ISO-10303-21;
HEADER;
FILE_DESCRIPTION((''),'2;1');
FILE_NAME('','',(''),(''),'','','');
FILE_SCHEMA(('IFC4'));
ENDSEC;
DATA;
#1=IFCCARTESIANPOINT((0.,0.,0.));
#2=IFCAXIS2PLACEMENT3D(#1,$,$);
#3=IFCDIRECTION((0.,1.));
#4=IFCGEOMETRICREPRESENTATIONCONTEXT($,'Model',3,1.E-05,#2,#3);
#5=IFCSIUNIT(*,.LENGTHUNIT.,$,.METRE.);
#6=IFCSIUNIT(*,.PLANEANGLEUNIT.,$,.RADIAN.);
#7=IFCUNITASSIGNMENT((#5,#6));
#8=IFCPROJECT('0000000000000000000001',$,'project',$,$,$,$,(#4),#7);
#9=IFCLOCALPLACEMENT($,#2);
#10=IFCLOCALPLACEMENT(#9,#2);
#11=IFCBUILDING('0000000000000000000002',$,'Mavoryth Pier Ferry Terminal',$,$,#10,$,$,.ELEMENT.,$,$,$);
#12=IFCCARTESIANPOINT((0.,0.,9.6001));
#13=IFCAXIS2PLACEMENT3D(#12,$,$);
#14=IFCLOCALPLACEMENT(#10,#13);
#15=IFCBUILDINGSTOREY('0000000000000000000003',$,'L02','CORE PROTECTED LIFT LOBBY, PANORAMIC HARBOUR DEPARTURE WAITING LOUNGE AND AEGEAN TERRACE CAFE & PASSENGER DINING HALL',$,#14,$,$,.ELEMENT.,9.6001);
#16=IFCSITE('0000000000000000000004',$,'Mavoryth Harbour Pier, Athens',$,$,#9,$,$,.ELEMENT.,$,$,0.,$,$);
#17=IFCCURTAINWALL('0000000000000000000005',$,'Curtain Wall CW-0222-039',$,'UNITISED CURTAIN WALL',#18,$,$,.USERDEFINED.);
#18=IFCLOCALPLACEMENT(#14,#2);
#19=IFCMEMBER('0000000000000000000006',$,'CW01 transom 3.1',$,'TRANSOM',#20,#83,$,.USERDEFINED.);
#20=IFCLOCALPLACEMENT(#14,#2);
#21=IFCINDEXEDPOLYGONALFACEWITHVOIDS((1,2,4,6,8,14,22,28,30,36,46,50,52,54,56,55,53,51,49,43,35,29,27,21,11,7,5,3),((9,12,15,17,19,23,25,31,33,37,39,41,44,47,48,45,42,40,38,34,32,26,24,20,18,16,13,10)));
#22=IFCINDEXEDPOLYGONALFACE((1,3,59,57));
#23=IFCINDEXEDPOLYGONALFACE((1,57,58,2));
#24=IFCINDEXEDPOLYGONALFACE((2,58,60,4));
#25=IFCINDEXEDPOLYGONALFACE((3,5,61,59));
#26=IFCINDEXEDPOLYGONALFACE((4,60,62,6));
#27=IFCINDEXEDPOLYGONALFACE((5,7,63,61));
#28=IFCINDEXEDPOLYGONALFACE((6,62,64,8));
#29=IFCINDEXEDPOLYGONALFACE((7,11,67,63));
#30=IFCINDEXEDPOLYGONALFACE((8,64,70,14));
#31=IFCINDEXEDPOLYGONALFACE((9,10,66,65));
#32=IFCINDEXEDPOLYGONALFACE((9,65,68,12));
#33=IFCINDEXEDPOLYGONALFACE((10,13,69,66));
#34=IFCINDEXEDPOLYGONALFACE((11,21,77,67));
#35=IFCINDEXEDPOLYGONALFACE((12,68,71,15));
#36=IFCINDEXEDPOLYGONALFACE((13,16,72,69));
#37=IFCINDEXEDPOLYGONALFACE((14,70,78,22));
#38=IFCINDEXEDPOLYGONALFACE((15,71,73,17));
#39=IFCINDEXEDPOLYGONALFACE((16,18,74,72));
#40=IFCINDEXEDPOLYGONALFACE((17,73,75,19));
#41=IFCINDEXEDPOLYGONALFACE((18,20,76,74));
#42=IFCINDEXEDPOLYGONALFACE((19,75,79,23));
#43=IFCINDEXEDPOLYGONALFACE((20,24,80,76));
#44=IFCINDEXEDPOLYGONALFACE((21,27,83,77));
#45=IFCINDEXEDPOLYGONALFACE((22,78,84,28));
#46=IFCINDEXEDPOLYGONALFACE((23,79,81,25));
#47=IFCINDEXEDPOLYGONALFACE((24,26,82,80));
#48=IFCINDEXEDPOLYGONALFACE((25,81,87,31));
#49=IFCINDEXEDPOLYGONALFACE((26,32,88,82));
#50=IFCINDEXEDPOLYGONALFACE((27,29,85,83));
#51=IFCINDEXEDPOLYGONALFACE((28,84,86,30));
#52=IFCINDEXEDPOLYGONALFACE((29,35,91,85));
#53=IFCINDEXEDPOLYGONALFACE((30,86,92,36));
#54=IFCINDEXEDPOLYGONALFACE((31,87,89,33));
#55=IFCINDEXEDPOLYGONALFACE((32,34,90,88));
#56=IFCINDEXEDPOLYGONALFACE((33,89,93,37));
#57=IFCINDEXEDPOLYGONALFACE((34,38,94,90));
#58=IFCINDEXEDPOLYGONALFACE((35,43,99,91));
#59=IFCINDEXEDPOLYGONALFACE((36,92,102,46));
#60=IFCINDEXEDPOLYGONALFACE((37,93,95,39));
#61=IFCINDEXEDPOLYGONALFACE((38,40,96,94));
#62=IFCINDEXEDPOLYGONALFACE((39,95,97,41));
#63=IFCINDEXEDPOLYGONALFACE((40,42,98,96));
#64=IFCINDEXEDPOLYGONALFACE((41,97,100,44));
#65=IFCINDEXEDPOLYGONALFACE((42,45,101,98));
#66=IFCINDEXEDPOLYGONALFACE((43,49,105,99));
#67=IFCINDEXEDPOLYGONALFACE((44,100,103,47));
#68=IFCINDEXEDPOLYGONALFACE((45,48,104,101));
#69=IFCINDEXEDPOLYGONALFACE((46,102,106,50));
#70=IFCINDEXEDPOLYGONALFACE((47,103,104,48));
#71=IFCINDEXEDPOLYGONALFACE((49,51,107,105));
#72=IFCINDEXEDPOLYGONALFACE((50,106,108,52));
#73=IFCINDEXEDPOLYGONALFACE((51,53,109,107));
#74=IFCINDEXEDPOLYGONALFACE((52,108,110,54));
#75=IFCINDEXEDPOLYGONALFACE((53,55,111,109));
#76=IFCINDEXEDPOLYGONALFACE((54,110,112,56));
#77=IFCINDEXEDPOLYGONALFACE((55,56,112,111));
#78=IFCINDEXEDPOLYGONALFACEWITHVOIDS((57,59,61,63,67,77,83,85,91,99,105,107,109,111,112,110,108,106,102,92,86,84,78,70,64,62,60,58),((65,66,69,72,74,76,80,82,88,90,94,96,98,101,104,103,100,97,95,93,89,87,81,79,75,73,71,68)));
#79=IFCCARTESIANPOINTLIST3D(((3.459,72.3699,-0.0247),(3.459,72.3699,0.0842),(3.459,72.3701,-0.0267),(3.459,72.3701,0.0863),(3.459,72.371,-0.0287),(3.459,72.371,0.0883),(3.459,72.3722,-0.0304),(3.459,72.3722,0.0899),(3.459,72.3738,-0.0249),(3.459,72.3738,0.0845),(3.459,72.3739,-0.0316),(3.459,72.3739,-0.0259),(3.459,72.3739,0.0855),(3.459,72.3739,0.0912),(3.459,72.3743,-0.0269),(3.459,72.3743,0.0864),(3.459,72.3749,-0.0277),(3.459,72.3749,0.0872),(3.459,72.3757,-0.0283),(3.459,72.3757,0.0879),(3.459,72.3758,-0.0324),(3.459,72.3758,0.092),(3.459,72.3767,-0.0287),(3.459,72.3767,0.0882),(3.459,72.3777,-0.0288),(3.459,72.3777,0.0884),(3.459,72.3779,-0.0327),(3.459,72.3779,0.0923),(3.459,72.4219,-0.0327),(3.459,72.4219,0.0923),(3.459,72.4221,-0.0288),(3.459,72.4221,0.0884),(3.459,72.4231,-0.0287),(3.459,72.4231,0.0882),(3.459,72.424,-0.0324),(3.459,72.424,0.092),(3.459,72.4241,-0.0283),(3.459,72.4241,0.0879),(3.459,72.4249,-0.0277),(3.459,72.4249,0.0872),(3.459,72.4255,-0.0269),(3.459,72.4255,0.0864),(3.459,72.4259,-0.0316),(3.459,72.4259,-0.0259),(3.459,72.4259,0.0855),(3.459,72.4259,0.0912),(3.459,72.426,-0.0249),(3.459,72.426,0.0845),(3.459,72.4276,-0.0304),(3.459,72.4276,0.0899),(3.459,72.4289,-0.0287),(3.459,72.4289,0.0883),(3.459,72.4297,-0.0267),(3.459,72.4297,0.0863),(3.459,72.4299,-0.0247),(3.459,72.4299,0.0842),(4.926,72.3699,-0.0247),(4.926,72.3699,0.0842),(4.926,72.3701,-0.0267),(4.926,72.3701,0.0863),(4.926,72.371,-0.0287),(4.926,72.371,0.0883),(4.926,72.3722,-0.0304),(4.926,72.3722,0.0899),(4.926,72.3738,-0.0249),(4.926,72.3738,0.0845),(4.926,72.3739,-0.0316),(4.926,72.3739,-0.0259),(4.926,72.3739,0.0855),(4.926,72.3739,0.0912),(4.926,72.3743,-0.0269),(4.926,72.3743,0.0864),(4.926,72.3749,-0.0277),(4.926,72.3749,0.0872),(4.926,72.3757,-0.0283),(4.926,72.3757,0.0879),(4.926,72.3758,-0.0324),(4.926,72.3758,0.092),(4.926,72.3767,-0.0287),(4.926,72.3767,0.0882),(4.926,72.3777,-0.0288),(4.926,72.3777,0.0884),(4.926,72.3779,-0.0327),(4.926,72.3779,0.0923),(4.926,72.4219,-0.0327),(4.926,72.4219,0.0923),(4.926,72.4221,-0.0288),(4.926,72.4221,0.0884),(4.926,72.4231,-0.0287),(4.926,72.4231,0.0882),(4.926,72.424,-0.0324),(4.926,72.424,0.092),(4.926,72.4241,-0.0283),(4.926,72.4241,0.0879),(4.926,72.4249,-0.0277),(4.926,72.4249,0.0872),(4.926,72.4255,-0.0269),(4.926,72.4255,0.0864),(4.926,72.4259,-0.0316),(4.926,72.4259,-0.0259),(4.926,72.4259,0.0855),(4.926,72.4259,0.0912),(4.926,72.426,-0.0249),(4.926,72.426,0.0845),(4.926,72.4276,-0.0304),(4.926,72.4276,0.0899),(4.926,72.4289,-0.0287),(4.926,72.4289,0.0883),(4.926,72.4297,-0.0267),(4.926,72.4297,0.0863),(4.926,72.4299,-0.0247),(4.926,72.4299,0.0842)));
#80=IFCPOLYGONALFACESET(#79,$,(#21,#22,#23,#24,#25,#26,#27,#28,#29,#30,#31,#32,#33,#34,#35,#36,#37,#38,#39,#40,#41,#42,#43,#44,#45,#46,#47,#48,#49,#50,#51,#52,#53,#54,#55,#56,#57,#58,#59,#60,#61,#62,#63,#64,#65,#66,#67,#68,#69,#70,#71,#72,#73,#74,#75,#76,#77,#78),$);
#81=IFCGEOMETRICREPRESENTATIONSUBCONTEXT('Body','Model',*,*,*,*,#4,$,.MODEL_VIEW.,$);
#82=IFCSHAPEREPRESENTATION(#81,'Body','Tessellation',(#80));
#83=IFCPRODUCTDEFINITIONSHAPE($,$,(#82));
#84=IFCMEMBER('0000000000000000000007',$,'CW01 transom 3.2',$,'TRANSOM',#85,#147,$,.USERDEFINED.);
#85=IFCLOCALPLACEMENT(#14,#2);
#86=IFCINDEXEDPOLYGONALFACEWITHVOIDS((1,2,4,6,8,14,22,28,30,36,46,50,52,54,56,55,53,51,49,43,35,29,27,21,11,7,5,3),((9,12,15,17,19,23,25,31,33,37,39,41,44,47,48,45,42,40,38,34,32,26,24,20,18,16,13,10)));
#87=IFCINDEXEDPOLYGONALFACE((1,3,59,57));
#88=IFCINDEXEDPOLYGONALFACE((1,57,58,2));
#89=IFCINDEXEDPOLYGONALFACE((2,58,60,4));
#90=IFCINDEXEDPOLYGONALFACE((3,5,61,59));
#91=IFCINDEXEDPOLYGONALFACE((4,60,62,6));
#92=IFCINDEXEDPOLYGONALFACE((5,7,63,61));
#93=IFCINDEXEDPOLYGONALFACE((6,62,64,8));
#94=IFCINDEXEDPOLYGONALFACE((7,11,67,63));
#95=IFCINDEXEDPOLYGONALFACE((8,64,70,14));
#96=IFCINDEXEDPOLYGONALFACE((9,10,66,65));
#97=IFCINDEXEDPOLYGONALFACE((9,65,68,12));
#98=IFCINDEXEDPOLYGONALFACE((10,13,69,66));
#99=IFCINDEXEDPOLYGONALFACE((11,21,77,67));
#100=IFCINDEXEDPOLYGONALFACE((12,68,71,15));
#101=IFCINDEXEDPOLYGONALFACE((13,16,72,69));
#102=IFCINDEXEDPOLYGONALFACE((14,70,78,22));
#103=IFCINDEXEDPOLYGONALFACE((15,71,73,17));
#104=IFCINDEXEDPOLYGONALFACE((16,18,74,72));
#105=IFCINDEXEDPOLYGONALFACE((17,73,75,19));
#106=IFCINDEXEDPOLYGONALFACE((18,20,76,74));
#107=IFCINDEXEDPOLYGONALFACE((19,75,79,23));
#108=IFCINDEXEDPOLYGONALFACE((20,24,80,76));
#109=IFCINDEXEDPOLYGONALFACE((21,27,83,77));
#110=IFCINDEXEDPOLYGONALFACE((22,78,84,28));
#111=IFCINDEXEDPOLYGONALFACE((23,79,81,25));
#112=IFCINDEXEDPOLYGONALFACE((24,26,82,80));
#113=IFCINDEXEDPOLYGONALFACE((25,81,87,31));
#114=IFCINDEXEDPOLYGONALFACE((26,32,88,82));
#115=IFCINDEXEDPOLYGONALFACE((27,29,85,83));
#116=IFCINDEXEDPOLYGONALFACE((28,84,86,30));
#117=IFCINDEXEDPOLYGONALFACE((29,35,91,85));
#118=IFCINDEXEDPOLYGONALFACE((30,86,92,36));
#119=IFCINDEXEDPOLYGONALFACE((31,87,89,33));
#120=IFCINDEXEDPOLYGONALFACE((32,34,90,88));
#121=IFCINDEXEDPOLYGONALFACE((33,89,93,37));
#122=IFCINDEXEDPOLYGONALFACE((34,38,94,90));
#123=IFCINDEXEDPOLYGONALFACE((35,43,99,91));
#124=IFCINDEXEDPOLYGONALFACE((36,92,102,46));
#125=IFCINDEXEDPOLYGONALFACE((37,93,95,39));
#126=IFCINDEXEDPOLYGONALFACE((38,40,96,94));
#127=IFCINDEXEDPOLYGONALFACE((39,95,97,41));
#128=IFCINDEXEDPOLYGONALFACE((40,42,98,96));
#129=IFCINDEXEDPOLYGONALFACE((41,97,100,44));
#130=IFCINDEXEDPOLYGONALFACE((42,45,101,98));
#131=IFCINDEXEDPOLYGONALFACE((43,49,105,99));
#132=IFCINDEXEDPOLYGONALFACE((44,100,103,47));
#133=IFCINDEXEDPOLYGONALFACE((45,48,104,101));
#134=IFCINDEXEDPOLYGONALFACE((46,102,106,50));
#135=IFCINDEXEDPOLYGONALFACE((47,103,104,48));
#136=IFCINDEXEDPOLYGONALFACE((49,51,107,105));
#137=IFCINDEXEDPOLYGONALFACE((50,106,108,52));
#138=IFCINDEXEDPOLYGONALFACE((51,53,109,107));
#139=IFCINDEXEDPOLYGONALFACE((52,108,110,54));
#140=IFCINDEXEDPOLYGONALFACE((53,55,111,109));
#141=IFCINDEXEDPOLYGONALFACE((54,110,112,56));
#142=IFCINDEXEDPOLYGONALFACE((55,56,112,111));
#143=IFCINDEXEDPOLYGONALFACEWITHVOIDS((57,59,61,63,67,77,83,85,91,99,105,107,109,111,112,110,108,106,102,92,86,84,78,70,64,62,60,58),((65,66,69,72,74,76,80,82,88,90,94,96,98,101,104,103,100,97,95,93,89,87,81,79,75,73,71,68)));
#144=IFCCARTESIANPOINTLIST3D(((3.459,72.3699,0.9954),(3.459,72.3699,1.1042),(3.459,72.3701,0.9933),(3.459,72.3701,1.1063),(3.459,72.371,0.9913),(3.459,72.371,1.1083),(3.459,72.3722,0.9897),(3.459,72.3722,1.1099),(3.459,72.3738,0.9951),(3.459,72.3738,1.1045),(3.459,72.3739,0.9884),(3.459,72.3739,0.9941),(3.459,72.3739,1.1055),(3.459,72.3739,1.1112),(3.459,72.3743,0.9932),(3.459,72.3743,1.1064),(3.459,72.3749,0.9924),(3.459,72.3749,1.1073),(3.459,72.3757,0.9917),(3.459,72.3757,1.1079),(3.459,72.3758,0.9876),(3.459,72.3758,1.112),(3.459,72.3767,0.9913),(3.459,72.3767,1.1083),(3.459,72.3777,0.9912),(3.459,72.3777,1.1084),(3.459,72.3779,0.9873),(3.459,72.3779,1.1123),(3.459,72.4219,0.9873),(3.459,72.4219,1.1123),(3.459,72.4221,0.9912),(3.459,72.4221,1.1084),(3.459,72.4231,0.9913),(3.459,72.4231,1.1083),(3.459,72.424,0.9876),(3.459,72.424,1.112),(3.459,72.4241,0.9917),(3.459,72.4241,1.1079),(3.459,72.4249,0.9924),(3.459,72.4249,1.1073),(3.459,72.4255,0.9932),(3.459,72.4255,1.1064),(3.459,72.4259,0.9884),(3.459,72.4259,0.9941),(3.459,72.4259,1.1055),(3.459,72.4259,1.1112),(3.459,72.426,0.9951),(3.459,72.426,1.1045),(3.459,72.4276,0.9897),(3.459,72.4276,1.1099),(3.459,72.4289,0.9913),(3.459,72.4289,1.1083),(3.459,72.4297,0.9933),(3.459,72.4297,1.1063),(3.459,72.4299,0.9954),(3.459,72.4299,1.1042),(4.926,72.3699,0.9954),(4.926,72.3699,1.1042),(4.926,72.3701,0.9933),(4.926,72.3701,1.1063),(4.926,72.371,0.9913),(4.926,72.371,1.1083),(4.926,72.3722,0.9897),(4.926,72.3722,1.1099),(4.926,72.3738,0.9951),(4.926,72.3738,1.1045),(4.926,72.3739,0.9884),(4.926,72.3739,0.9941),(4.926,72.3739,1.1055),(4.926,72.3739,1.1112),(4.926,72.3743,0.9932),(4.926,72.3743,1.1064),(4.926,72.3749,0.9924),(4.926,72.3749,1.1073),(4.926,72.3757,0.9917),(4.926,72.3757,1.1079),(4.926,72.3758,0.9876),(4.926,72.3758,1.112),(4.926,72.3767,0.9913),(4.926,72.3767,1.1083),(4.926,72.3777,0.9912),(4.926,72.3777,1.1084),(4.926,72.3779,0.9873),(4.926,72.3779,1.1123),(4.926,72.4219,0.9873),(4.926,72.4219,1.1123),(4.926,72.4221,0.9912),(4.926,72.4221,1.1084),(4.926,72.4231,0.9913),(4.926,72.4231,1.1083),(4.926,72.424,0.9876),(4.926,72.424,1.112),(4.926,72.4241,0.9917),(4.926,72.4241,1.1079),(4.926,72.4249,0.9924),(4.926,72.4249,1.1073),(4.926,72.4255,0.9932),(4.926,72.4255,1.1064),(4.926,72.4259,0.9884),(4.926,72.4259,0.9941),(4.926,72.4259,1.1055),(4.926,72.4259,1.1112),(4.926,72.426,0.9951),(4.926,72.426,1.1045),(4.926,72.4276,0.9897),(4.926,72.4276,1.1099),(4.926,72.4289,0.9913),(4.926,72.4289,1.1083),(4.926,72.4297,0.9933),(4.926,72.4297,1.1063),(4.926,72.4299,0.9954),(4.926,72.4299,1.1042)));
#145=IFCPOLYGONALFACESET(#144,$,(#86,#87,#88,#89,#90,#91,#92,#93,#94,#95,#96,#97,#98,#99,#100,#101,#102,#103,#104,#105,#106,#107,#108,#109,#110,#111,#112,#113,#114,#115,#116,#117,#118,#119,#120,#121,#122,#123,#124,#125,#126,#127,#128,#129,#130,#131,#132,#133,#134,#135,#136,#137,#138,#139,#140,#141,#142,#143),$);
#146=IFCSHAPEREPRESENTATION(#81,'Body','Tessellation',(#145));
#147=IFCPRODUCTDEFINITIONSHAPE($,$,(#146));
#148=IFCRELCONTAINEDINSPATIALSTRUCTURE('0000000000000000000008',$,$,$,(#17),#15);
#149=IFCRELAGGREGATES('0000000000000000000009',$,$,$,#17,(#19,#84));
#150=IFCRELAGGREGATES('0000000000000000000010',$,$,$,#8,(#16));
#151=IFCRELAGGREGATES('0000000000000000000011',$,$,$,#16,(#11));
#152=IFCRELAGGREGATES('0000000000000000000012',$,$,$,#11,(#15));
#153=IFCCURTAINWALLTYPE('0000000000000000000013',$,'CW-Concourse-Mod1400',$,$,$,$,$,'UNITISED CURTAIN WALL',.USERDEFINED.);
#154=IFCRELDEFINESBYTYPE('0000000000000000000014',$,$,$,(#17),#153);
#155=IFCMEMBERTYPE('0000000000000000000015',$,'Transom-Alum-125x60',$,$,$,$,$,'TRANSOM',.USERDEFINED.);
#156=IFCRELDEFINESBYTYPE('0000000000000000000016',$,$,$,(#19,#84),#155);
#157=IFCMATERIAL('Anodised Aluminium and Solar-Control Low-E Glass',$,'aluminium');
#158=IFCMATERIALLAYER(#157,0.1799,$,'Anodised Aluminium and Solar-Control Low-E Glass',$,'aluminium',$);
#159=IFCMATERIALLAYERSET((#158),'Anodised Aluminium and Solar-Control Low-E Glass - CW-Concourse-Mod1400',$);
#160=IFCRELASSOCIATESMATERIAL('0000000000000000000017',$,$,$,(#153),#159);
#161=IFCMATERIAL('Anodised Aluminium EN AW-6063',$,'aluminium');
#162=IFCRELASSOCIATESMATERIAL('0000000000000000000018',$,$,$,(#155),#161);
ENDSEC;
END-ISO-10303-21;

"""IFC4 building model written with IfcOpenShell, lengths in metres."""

from ifc_helpers import new_model, si_unit, direction, frame, origin, origin_2d, place, context, subcontext, project, spatial, hollow_rectangle, extrude, material, layer, layer_set, material_profile, profile_set, type_object, element, aggregate, save


model = new_model("IFC4")

# Units and contexts
model_context = context("Model", 3, precision=1e-05, world=origin(), true_north=direction((0.0, 1.0)))
body_context = subcontext(model_context, "Body", "Model", "MODEL_VIEW")
ifc_project = project(units=[si_unit("LENGTHUNIT", "METRE"), si_unit("PLANEANGLEUNIT", "RADIAN")], contexts=[model_context])

# Site, building, storey
site_placement = place(None, origin())
site = spatial("IfcSite", under=ifc_project, at=site_placement, Name="Mavoryth Harbour Pier, Athens", CompositionType="ELEMENT", RefElevation=0.0)
building_placement = place(site_placement, origin())
building = spatial("IfcBuilding", under=site, at=building_placement, Name="Mavoryth Pier Ferry Terminal", CompositionType="ELEMENT")
storey_placement = place(building_placement, frame((0.0, 0.0, 9.6001)))
storey = spatial("IfcBuildingStorey", under=building, at=storey_placement, Name="L02", Description="CORE PROTECTED LIFT LOBBY, PANORAMIC HARBOUR DEPARTURE WAITING LOUNGE AND AEGEAN TERRACE CAFE & PASSENGER DINING HALL", CompositionType="ELEMENT", Elevation=9.6001)

# Curtain wall
ifc_material_1 = material(Name="Anodised Aluminium and Solar-Control Low-E Glass", Category="aluminium")
ifc_layer_1 = layer(ifc_material_1, 0.1799, Name="Anodised Aluminium and Solar-Control Low-E Glass", Category="aluminium")
ifc_layer_set_1 = layer_set([ifc_layer_1], Name="Anodised Aluminium and Solar-Control Low-E Glass - CW-Concourse-Mod1400")
curtain_wall_type = type_object("IfcCurtainWallType", Name="CW-Concourse-Mod1400", ElementType="UNITISED CURTAIN WALL", PredefinedType="USERDEFINED", material=ifc_layer_set_1)
curtain_wall_placement = place(storey_placement, origin())
curtain_wall = element("IfcCurtainWall", 1, at=curtain_wall_placement, inside=storey, type_object=curtain_wall_type, Name="Curtain Wall CW-0222-039", ObjectType="UNITISED CURTAIN WALL", PredefinedType="USERDEFINED")
ifc_material_2 = material(Name="Anodised Aluminium EN AW-6063", Category="aluminium")

# Members
ifc_material_profile_1 = material_profile(ifc_material_2, hollow_rectangle(XDim=0.0601, YDim=0.125, WallThickness=0.0039, InnerFilletRadius=0.0039, OuterFilletRadius=0.0081, at=origin_2d()), Name="AL-TRAN 125x60x4", Category="aluminium")
ifc_profile_set_1 = profile_set([ifc_material_profile_1], Name="Anodised Aluminium EN AW-6063 - AL-TRAN 125x60x4")
member_type_1 = type_object("IfcMemberType", Name="Transom-Alum-125x60", ElementType="TRANSOM", PredefinedType="USERDEFINED", material=ifc_profile_set_1)
member_1_placement = place(storey_placement, frame((3.459, 72.3999, 0.0298), z_axis=(1.0, 0.0, 0.0), x_axis=(0.0, 1.0, 0.0)))
member_1 = element("IfcMember", 2, at=member_1_placement, type_object=member_type_1, Name="CW01 transom 3.1", ObjectType="TRANSOM", PredefinedType="USERDEFINED", context=body_context, shape_type="SweptSolid", body=[
    extrude(hollow_rectangle(XDim=0.0601, YDim=0.125, WallThickness=0.0039, InnerFilletRadius=0.0039, OuterFilletRadius=0.0081, at=origin_2d()), origin(), (0.0, 0.0, 1.0), 1.467),
])
member_2_placement = place(storey_placement, frame((3.459, 72.3999, 1.0498), z_axis=(1.0, 0.0, 0.0), x_axis=(0.0, 1.0, 0.0)))
member_2 = element("IfcMember", 3, at=member_2_placement, type_object=member_type_1, Name="CW01 transom 3.2", ObjectType="TRANSOM", PredefinedType="USERDEFINED", context=body_context, shape_type="SweptSolid", body=[
    extrude(hollow_rectangle(XDim=0.0601, YDim=0.125, WallThickness=0.0039, InnerFilletRadius=0.0039, OuterFilletRadius=0.0081, at=origin_2d()), origin(), (0.0, 0.0, 1.0), 1.467),
])

aggregate(curtain_wall, [member_1, member_2])

save(model, "model.ifc")
